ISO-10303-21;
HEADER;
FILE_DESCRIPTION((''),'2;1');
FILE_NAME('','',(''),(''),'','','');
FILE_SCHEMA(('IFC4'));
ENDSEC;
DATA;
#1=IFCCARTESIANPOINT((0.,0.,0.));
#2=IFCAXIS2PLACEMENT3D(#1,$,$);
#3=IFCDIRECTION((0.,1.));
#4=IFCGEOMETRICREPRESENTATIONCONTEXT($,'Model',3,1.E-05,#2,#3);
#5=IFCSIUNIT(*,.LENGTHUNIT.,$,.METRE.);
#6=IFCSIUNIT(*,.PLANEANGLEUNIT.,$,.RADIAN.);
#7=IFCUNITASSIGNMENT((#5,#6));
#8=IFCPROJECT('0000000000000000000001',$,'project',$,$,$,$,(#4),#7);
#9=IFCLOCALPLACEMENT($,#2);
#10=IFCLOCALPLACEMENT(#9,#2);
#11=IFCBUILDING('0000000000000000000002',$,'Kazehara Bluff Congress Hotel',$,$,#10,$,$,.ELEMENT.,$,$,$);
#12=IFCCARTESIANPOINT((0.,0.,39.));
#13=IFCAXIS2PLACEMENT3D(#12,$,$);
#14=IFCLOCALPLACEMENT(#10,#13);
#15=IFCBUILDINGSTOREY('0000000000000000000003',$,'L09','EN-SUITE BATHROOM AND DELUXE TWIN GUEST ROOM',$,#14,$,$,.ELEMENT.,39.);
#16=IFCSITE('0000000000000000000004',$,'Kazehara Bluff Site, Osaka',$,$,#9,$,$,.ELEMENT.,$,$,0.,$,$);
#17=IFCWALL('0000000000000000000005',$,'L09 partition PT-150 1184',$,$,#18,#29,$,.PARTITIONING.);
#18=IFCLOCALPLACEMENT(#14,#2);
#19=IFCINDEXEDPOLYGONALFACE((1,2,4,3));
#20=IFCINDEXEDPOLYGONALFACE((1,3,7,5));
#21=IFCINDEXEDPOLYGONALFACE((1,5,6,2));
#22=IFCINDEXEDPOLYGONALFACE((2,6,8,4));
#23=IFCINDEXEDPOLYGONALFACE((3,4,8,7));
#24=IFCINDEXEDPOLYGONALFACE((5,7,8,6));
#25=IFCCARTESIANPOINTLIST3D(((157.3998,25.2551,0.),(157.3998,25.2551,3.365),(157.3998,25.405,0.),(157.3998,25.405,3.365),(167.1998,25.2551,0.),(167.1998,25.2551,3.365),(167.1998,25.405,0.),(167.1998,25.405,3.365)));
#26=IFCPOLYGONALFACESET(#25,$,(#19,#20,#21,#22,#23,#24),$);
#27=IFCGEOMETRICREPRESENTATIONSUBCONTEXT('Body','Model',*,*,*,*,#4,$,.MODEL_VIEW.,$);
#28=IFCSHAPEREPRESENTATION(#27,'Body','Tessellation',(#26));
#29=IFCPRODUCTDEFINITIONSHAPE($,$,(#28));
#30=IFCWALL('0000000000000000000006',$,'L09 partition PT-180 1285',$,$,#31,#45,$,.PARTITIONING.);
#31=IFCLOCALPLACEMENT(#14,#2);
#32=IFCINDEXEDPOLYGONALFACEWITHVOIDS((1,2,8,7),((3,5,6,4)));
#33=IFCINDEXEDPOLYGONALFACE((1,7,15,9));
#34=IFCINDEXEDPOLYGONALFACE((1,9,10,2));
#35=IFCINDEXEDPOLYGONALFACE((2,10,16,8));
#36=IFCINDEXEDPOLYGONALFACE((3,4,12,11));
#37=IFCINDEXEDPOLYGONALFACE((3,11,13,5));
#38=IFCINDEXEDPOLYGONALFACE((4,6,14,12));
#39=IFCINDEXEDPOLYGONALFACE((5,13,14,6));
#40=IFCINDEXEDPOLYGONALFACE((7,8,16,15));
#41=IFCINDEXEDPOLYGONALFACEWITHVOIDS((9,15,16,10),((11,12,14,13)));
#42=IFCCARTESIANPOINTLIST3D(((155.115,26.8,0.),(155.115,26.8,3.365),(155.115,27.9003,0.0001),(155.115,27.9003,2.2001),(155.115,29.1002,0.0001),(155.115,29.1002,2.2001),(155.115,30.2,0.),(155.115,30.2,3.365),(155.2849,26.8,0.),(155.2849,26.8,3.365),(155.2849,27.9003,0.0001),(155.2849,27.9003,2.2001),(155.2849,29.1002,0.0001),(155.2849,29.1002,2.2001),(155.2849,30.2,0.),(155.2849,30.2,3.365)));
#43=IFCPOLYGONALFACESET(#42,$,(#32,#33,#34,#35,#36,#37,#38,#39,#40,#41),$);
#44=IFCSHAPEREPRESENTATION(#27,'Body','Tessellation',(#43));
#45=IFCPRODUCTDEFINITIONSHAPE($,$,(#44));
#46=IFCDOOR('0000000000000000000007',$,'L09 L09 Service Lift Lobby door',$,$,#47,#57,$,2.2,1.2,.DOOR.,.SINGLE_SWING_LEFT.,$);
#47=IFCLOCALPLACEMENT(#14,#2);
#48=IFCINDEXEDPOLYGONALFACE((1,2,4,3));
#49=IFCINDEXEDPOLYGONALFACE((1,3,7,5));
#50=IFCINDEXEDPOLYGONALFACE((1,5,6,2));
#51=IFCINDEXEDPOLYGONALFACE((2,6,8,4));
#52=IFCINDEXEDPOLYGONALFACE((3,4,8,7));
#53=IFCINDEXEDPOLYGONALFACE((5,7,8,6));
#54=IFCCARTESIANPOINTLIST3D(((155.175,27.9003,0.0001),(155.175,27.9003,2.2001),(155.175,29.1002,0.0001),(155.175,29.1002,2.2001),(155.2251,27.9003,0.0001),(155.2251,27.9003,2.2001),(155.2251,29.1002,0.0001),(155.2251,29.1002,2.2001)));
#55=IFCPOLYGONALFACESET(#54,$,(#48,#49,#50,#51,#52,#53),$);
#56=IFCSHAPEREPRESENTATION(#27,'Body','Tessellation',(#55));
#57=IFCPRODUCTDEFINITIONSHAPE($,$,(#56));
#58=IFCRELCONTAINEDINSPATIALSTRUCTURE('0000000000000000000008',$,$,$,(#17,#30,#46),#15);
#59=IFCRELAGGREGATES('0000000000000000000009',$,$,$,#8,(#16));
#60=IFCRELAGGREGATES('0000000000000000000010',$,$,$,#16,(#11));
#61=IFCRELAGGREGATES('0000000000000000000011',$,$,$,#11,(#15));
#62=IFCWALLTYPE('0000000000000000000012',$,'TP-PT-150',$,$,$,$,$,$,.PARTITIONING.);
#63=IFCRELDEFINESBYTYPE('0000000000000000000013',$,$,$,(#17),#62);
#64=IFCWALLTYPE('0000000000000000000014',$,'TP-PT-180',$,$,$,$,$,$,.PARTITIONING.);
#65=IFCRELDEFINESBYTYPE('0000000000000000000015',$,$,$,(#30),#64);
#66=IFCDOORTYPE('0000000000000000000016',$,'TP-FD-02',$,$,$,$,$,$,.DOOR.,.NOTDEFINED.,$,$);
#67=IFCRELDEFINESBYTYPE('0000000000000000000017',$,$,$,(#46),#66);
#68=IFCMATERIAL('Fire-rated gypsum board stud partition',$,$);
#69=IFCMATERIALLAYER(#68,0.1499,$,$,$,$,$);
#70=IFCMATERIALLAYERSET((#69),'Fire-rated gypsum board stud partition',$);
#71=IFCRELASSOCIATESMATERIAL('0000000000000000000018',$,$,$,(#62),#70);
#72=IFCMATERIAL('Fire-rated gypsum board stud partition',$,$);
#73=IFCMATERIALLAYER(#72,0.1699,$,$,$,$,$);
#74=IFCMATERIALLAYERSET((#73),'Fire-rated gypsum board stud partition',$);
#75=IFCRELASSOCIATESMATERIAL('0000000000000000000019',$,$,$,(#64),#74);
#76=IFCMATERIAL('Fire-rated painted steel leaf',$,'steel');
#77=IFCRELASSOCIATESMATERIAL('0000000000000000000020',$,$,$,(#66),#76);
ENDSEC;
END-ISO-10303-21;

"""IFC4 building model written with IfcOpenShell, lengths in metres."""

from ifc_helpers import new_model, si_unit, direction, frame, frame_2d, origin, place, context, subcontext, project, spatial, rectangle, extrude, material, layer, layer_set, type_object, element, fill, save


model = new_model("IFC4")

# Units and contexts
model_context = context("Model", 3, precision=1e-05, world=origin(), true_north=direction((0.0, 1.0)))
body_context = subcontext(model_context, "Body", "Model", "MODEL_VIEW")
ifc_project = project(units=[si_unit("LENGTHUNIT", "METRE"), si_unit("PLANEANGLEUNIT", "RADIAN")], contexts=[model_context])

# Site, building, storey
site_placement = place(None, origin())
site = spatial("IfcSite", under=ifc_project, at=site_placement, Name="Kazehara Bluff Site, Osaka", CompositionType="ELEMENT", RefElevation=0.0)
building_placement = place(site_placement, origin())
building = spatial("IfcBuilding", under=site, at=building_placement, Name="Kazehara Bluff Congress Hotel", CompositionType="ELEMENT")
storey_placement = place(building_placement, frame((0.0, 0.0, 39.0)))
storey = spatial("IfcBuildingStorey", under=building, at=storey_placement, Name="L09", Description="EN-SUITE BATHROOM AND DELUXE TWIN GUEST ROOM", CompositionType="ELEMENT", Elevation=39.0)

# Wall
ifc_material_1 = material(Name="Fire-rated gypsum board stud partition")
ifc_layer_1 = layer(ifc_material_1, 0.1499)
ifc_layer_set_1 = layer_set([ifc_layer_1], Name="Fire-rated gypsum board stud partition")
wall_type_1 = type_object("IfcWallType", Name="TP-PT-150", PredefinedType="PARTITIONING", material=ifc_layer_set_1)
wall_1_placement = place(storey_placement, frame((157.3999, 25.3301, 0.0), z_axis=(0.0, 0.0, 1.0), x_axis=(1.0, 0.0, 0.0)))
element("IfcWall", 1, at=wall_1_placement, inside=storey, type_object=wall_type_1, Name="L09 partition PT-150 1184", PredefinedType="PARTITIONING", context=body_context, shape_type="SweptSolid", body=[
    extrude(rectangle(XDim=9.8, YDim=0.1499, at=frame_2d((4.8999, 0.0))), origin(), (0.0, 0.0, 1.0), 3.365),
])

# Wall, opening, door
ifc_material_2 = material(Name="Fire-rated gypsum board stud partition")
ifc_layer_2 = layer(ifc_material_2, 0.1699)
ifc_layer_set_2 = layer_set([ifc_layer_2], Name="Fire-rated gypsum board stud partition")
wall_type_2 = type_object("IfcWallType", Name="TP-PT-180", PredefinedType="PARTITIONING", material=ifc_layer_set_2)
wall_2_placement = place(storey_placement, frame((155.2, 26.8, 0.0), z_axis=(0.0, 0.0, 1.0), x_axis=(0.0, 1.0, 0.0)))
wall_2 = element("IfcWall", 2, at=wall_2_placement, inside=storey, type_object=wall_type_2, Name="L09 partition PT-180 1285", PredefinedType="PARTITIONING", context=body_context, shape_type="SweptSolid", body=[
    extrude(rectangle(XDim=3.3999, YDim=0.1699, at=frame_2d((1.7, 0.0))), origin(), (0.0, 0.0, 1.0), 3.365),
])
opening_1_placement = place(wall_2_placement, frame((1.1001, 0.0, 0.0)))
opening_1 = element("IfcOpeningElement", 3, at=opening_1_placement, cuts=wall_2, PredefinedType="OPENING", context=body_context, shape_type="SweptSolid", body=[
    extrude(rectangle(XDim=1.2, YDim=2.2, at=frame_2d((0.6001, 1.1001))), frame((0.0, 0.095, 0.0), z_axis=(0.0, -1.0, 0.0), x_axis=(1.0, 0.0, 0.0)), (0.0, 0.0, 1.0), 0.1899),
])
ifc_material_3 = material(Name="Fire-rated painted steel leaf", Category="steel")
door_type_1 = type_object("IfcDoorType", Name="TP-FD-02", OperationType="NOTDEFINED", PredefinedType="DOOR", material=ifc_material_3)
door_1_placement = place(opening_1_placement, origin())
door_1 = element("IfcDoor", 4, at=door_1_placement, inside=storey, type_object=door_type_1, Name="L09 L09 Service Lift Lobby door", OperationType="SINGLE_SWING_LEFT", OverallHeight=2.2, OverallWidth=1.2, PredefinedType="DOOR", context=body_context, shape_type="SweptSolid", body=[
    extrude(rectangle(XDim=1.2, YDim=2.2, at=frame_2d((0.6001, 1.1001))), frame((0.0, 0.0249, 0.0), z_axis=(0.0, -1.0, 0.0), x_axis=(1.0, 0.0, 0.0)), (0.0, 0.0, 1.0), 0.05),
])
fill(opening_1, door_1)

save(model, "model.ifc")
